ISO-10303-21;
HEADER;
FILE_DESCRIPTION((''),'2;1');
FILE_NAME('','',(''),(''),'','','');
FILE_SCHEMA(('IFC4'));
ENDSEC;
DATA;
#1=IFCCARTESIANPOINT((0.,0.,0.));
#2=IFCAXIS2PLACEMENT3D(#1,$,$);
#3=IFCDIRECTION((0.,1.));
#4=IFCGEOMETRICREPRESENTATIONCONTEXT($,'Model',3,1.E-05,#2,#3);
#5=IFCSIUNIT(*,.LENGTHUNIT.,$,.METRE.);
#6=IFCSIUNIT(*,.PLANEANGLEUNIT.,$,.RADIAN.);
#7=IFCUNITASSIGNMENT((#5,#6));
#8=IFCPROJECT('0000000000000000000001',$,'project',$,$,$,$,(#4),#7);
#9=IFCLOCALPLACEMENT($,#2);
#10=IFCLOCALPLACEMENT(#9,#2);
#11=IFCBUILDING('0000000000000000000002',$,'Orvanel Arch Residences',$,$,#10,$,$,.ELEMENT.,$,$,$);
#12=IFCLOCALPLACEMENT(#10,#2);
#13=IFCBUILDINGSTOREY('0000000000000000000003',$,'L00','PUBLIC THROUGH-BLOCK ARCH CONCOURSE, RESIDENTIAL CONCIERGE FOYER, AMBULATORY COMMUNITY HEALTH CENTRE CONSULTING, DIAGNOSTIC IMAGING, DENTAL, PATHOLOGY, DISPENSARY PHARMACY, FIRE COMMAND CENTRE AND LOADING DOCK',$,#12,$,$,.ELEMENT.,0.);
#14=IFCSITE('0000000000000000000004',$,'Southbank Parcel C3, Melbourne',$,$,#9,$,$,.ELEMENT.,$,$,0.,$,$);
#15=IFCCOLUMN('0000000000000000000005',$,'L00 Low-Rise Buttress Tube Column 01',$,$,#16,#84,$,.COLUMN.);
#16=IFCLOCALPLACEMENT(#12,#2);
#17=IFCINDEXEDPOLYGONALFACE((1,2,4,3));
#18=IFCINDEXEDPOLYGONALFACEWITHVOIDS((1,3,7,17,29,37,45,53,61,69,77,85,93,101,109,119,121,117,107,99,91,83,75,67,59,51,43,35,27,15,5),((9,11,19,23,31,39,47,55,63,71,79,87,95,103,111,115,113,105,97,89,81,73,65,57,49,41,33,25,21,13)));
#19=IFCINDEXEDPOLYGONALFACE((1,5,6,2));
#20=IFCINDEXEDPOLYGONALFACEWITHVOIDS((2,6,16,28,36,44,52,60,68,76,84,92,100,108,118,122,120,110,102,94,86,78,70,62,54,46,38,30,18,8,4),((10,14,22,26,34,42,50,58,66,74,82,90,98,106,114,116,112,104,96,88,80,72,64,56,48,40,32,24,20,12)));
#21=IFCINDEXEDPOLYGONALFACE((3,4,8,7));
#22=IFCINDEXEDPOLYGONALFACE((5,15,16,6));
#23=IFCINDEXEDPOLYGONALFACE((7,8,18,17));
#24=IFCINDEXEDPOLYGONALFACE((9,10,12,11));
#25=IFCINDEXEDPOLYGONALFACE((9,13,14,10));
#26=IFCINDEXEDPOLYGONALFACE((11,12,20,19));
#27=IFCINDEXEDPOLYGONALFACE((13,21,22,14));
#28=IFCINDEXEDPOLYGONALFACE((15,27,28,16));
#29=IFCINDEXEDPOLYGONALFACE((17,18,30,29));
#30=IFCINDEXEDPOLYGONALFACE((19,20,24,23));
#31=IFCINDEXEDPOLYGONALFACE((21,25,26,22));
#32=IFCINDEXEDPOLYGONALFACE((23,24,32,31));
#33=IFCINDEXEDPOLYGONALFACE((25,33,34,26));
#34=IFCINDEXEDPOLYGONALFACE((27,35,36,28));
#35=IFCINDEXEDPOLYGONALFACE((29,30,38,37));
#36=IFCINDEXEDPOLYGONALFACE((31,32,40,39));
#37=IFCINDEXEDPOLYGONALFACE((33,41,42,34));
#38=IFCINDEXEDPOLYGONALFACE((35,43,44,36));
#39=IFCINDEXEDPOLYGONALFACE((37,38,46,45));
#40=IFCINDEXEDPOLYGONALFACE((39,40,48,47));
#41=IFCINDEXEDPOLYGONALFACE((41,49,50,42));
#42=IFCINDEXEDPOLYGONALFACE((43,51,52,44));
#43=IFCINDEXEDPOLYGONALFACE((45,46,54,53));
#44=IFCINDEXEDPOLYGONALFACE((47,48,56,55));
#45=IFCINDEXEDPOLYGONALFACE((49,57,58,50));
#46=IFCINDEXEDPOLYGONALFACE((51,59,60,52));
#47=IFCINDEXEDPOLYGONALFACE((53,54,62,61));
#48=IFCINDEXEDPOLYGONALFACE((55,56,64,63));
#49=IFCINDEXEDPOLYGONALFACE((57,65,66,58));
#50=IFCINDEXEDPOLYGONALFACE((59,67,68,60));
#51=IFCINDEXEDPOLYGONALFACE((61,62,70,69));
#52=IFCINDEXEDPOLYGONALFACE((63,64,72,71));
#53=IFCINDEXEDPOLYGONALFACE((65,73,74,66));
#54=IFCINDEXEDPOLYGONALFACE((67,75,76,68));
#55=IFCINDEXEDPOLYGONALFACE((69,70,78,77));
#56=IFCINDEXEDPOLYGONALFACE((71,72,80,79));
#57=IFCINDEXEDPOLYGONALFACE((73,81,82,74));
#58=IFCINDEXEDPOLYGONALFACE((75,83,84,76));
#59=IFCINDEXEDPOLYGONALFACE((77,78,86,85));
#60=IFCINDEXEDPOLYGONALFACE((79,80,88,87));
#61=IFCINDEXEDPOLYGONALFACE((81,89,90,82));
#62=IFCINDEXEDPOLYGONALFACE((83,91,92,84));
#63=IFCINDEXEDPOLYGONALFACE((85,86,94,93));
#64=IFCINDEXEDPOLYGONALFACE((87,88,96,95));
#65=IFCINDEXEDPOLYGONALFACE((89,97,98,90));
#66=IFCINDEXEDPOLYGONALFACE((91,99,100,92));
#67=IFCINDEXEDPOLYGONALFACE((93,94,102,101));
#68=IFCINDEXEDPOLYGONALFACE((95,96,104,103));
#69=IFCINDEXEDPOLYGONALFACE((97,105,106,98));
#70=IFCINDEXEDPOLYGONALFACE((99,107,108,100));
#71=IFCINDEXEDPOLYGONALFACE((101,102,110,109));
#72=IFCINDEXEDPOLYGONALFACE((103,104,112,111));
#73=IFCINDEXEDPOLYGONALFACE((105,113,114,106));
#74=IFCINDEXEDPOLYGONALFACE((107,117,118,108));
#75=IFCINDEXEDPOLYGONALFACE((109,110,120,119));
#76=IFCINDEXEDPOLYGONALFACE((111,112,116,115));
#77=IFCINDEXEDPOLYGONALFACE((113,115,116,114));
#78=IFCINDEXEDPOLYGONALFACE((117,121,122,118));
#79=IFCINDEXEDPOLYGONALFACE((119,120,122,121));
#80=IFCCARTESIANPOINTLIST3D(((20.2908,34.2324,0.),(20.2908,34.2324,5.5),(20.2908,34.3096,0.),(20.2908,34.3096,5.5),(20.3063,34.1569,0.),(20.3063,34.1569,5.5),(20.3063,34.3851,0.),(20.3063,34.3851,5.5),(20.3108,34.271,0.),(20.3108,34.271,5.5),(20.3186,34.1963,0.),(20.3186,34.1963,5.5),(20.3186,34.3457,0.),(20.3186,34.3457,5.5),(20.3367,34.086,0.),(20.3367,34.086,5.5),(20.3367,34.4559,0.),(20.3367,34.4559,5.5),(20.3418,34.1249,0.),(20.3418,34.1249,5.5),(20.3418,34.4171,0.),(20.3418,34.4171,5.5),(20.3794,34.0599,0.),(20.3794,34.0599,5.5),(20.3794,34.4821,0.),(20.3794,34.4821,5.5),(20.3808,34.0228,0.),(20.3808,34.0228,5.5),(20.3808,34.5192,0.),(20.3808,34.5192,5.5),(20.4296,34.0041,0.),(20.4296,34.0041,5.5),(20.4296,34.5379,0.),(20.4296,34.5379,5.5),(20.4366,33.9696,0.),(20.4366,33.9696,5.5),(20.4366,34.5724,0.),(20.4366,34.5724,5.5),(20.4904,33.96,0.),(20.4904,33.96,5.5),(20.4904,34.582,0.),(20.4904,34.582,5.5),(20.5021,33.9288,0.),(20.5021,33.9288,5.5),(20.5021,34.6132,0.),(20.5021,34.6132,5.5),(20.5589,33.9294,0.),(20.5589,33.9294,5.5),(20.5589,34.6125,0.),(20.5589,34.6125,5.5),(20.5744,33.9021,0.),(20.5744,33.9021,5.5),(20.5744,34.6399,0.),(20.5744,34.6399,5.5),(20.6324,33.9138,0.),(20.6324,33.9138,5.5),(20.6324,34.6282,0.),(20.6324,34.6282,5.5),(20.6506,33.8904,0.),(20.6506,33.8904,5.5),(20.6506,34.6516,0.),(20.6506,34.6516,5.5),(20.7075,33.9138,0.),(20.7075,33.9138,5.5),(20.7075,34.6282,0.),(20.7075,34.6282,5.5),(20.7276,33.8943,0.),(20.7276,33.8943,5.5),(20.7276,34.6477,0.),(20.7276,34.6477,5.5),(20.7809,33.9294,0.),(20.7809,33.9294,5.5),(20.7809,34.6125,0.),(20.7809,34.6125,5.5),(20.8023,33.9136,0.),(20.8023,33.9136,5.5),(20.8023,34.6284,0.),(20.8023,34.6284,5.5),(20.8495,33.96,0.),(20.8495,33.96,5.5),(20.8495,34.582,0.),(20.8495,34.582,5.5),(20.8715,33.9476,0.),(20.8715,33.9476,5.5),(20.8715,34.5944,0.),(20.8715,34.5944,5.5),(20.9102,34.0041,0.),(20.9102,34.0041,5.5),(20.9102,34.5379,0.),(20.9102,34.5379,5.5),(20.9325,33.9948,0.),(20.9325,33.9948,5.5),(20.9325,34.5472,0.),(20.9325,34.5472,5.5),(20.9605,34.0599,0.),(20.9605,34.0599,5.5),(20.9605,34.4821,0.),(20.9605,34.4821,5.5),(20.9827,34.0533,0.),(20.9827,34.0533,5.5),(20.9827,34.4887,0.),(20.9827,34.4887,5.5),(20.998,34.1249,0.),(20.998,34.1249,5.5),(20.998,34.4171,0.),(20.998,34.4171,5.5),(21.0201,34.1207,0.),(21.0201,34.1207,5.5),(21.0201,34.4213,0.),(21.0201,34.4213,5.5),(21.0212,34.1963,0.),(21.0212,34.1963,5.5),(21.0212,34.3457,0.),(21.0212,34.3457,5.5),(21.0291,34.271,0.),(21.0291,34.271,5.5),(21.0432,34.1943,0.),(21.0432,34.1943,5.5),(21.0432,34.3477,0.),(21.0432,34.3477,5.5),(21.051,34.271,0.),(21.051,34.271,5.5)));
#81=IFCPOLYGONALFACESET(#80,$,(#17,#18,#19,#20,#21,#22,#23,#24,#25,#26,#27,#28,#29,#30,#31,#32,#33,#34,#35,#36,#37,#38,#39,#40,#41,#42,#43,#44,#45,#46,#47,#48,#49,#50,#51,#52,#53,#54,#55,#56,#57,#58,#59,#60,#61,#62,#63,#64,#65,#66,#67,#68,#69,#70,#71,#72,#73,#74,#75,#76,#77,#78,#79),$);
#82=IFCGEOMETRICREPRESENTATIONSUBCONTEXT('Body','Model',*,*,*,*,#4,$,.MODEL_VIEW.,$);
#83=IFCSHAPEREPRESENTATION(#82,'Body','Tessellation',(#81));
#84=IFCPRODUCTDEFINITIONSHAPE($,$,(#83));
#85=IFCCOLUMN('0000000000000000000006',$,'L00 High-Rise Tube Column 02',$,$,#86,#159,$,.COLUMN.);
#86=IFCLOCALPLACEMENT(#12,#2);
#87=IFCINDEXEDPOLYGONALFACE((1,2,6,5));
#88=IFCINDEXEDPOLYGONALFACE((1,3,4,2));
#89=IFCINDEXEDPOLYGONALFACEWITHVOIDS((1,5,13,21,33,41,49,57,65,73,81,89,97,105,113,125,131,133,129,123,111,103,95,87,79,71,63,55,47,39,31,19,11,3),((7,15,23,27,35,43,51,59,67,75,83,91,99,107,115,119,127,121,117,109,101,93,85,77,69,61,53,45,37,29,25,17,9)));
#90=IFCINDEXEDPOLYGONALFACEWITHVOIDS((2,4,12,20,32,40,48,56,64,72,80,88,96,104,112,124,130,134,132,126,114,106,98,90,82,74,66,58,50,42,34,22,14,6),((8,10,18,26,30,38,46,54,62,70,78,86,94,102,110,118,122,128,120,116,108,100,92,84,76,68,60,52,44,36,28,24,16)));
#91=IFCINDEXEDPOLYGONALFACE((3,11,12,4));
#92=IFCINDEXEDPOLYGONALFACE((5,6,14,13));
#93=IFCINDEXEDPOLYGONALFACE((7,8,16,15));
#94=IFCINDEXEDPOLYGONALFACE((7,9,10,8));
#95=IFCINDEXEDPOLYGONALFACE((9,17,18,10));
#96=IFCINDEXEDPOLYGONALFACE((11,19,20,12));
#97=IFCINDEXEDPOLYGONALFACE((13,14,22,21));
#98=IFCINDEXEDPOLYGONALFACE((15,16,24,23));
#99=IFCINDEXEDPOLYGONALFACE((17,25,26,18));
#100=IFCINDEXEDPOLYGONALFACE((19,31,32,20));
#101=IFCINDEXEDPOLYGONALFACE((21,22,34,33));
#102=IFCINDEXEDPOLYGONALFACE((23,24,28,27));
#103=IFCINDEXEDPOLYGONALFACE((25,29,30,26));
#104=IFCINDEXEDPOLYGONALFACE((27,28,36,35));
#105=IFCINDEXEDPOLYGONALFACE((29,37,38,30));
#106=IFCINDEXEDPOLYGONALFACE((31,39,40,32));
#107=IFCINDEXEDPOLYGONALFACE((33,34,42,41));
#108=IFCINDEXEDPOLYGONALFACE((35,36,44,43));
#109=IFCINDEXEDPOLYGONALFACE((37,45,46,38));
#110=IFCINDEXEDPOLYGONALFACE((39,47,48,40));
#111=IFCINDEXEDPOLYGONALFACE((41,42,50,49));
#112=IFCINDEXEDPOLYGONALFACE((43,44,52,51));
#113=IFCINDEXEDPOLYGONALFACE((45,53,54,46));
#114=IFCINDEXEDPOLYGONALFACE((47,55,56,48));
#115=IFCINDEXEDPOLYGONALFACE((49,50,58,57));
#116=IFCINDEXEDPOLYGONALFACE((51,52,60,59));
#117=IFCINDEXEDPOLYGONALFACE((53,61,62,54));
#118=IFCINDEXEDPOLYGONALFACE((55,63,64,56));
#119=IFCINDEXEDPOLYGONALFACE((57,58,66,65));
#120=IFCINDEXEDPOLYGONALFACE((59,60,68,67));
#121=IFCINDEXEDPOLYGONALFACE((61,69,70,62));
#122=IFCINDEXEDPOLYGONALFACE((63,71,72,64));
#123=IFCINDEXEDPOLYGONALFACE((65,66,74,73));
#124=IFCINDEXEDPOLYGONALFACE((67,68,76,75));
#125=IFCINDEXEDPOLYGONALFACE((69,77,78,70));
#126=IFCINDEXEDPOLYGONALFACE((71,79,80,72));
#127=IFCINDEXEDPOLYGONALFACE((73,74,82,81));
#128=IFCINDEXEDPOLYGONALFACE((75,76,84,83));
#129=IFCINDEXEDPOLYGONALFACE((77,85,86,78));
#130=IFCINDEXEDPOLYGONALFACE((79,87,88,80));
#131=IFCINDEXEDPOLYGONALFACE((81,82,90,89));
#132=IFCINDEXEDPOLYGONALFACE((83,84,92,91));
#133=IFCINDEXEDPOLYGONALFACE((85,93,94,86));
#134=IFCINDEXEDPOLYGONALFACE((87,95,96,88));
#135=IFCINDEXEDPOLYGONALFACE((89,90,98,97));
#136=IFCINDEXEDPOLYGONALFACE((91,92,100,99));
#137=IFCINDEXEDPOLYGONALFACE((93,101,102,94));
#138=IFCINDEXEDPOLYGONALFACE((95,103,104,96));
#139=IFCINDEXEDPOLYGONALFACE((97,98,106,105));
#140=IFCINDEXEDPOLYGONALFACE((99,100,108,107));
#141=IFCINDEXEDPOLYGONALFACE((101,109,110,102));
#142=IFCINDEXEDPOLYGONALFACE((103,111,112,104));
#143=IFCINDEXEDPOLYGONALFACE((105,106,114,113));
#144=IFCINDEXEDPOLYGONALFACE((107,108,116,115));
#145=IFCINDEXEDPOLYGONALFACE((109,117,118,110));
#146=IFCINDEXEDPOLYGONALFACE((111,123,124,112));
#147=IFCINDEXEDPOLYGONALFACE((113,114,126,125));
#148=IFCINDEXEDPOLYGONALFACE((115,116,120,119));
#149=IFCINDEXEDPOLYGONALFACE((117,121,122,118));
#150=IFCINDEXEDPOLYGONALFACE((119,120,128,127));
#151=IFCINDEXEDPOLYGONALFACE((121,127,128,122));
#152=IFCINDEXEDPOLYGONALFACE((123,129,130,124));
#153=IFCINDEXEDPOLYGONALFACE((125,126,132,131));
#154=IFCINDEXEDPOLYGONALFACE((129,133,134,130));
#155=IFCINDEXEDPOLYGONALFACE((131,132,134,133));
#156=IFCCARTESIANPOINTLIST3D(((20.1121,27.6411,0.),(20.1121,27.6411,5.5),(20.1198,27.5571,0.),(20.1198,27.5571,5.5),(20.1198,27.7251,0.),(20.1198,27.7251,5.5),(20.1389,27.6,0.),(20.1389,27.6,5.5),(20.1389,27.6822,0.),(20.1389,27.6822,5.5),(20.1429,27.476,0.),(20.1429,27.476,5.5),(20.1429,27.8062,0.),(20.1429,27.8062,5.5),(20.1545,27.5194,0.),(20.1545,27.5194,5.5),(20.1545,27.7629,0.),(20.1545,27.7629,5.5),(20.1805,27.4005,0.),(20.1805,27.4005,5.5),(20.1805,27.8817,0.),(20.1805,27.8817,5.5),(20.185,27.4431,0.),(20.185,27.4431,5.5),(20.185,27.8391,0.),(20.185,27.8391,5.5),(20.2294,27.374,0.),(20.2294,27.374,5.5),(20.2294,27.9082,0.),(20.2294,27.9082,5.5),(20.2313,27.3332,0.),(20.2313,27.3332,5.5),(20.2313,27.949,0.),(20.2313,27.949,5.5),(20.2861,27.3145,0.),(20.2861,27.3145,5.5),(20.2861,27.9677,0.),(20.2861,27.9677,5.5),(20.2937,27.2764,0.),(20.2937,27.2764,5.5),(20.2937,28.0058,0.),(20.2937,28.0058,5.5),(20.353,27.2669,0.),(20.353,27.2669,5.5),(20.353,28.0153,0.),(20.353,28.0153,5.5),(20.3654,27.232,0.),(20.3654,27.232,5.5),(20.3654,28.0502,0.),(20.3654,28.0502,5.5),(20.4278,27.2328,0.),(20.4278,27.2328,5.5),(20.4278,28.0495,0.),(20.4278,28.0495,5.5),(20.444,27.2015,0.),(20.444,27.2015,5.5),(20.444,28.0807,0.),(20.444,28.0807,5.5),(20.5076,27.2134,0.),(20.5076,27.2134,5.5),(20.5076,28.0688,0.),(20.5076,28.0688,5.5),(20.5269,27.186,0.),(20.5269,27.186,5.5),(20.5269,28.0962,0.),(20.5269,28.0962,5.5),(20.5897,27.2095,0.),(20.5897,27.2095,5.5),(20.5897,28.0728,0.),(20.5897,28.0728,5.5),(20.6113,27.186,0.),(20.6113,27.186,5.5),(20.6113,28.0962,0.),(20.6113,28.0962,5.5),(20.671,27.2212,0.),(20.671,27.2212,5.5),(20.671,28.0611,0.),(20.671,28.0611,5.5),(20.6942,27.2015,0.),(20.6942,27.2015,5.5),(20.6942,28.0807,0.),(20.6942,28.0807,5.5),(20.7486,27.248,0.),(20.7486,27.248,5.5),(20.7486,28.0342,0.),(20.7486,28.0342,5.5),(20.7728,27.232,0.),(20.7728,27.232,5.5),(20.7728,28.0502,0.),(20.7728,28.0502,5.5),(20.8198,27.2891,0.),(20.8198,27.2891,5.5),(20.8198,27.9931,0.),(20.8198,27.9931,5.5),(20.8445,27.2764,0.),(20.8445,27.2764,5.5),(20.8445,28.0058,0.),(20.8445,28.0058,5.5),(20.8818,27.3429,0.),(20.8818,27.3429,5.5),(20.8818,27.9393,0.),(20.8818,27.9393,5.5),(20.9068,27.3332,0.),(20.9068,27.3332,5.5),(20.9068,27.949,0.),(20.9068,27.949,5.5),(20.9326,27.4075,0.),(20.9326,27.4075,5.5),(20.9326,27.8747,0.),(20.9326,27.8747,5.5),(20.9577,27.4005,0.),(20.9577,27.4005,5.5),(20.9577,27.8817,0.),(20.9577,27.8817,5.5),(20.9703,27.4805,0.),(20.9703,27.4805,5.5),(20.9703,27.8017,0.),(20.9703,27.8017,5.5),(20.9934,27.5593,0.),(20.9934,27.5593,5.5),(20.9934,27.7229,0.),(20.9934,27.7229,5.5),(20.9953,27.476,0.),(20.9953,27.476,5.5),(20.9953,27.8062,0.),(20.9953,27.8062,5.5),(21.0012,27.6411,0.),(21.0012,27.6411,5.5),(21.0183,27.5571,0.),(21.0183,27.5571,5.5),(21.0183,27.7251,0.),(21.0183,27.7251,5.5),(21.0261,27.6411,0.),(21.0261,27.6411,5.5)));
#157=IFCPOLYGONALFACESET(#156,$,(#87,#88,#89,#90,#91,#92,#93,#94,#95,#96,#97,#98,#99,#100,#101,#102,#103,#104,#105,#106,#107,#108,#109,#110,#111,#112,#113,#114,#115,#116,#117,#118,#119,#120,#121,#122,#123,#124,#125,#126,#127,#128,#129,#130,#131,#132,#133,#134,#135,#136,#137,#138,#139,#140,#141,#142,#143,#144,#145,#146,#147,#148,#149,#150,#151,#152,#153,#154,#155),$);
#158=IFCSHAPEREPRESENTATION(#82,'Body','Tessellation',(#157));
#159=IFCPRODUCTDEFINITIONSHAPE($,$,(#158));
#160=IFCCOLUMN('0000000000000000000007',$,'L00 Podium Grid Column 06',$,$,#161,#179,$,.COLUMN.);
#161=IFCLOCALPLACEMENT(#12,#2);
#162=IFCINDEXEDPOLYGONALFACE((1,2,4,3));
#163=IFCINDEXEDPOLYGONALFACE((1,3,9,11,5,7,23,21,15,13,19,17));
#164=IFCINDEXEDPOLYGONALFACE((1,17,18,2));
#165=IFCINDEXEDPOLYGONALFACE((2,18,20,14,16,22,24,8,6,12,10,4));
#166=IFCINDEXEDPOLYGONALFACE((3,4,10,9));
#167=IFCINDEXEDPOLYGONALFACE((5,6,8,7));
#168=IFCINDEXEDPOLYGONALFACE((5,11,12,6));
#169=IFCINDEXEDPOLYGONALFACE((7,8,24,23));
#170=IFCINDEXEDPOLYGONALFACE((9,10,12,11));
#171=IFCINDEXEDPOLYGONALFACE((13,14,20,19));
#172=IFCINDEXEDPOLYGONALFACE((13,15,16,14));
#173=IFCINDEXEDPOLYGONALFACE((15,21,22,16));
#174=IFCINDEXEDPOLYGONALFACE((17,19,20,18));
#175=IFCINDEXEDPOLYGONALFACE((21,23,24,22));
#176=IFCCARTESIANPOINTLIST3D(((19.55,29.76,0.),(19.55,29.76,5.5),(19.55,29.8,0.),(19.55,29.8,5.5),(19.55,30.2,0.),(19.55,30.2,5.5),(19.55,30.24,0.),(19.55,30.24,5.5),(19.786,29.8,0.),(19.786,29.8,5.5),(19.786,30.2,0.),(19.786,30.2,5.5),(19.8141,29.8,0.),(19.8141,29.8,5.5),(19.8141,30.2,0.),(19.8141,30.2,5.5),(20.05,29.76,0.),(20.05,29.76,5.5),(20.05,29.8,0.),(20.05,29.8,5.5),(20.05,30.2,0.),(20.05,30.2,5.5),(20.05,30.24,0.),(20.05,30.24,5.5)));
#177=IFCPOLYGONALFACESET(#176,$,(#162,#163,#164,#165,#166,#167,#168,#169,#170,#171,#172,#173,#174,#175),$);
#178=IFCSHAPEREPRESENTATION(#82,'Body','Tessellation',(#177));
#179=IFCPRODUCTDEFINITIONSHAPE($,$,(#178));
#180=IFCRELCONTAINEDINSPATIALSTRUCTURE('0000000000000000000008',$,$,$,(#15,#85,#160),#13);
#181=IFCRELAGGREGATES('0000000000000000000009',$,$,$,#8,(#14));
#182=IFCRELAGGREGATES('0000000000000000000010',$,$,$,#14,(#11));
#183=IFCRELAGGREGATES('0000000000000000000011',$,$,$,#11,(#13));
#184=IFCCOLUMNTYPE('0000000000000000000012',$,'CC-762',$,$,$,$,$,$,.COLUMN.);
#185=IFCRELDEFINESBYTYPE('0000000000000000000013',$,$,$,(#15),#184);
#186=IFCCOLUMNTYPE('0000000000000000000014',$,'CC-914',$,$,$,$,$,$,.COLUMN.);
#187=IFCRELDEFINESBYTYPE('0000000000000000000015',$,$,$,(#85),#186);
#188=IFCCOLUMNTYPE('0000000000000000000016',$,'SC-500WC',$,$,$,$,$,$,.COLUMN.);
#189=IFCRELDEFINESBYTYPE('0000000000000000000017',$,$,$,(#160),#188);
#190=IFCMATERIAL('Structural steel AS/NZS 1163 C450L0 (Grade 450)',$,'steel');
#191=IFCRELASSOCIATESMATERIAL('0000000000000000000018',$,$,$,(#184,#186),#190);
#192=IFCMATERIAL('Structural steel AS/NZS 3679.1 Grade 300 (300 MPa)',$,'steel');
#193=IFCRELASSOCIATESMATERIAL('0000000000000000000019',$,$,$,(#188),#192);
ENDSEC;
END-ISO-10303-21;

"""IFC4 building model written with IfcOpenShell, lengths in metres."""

from ifc_helpers import new_model, si_unit, direction, frame, origin, origin_2d, place, context, subcontext, project, spatial, hollow_circle, i_section, extrude, material, material_profile, profile_set, type_object, element, save


model = new_model("IFC4")

# Units and contexts
model_context = context("Model", 3, precision=1e-05, world=origin(), true_north=direction((0.0, 1.0)))
body_context = subcontext(model_context, "Body", "Model", "MODEL_VIEW")
ifc_project = project(units=[si_unit("LENGTHUNIT", "METRE"), si_unit("PLANEANGLEUNIT", "RADIAN")], contexts=[model_context])

# Site, building, storey
site_placement = place(None, origin())
site = spatial("IfcSite", under=ifc_project, at=site_placement, Name="Southbank Parcel C3, Melbourne", CompositionType="ELEMENT", RefElevation=0.0)
building_placement = place(site_placement, origin())
building = spatial("IfcBuilding", under=site, at=building_placement, Name="Orvanel Arch Residences", CompositionType="ELEMENT")
storey_placement = place(building_placement, origin())
storey = spatial("IfcBuildingStorey", under=building, at=storey_placement, Name="L00", Description="PUBLIC THROUGH-BLOCK ARCH CONCOURSE, RESIDENTIAL CONCIERGE FOYER, AMBULATORY COMMUNITY HEALTH CENTRE CONSULTING, DIAGNOSTIC IMAGING, DENTAL, PATHOLOGY, DISPENSARY PHARMACY, FIRE COMMAND CENTRE AND LOADING DOCK", CompositionType="ELEMENT", Elevation=0.0)

# Columns
ifc_material_1 = material(Name="Structural steel AS/NZS 1163 C450L0 (Grade 450)", Category="steel")
ifc_material_profile_1 = material_profile(ifc_material_1, hollow_circle(Radius=0.3811, WallThickness=0.022, at=origin_2d()), Name="CHS762x22")
ifc_profile_set_1 = profile_set([ifc_material_profile_1], Name="Structural steel AS/NZS 1163 C450L0 (Grade 450)")
column_type_1 = type_object("IfcColumnType", Name="CC-762", PredefinedType="COLUMN", material=ifc_profile_set_1)
column_1_placement = place(storey_placement, frame((20.6699, 34.271, 0.0), z_axis=(0.0, 0.0, 1.0), x_axis=(1.0, 0.0, 0.0)))
element("IfcColumn", 1, at=column_1_placement, inside=storey, type_object=column_type_1, Name="L00 Low-Rise Buttress Tube Column 01", PredefinedType="COLUMN", context=body_context, shape_type="SweptSolid", body=[
    extrude(hollow_circle(Radius=0.3811, WallThickness=0.022, at=origin_2d()), origin(), (0.0, 0.0, 1.0), 5.5),
])
ifc_material_profile_2 = material_profile(ifc_material_1, hollow_circle(Radius=0.457, WallThickness=0.0249, at=origin_2d()), Name="CHS914x25")
ifc_profile_set_2 = profile_set([ifc_material_profile_2], Name="Structural steel AS/NZS 1163 C450L0 (Grade 450)")
column_type_2 = type_object("IfcColumnType", Name="CC-914", PredefinedType="COLUMN", material=ifc_profile_set_2)
column_2_placement = place(storey_placement, frame((20.5691, 27.6411, 0.0), z_axis=(0.0, 0.0, 1.0), x_axis=(1.0, 0.0, 0.0)))
element("IfcColumn", 2, at=column_2_placement, inside=storey, type_object=column_type_2, Name="L00 High-Rise Tube Column 02", PredefinedType="COLUMN", context=body_context, shape_type="SweptSolid", body=[
    extrude(hollow_circle(Radius=0.457, WallThickness=0.0249, at=origin_2d()), origin(), (0.0, 0.0, 1.0), 5.5),
])
ifc_material_2 = material(Name="Structural steel AS/NZS 3679.1 Grade 300 (300 MPa)", Category="steel")
ifc_material_profile_3 = material_profile(ifc_material_2, i_section(OverallWidth=0.5, OverallDepth=0.48, WebThickness=0.0281, FlangeThickness=0.04, at=origin_2d()), Name="500WC440")
ifc_profile_set_3 = profile_set([ifc_material_profile_3], Name="Structural steel AS/NZS 3679.1 Grade 300 (300 MPa)")
column_type_3 = type_object("IfcColumnType", Name="SC-500WC", PredefinedType="COLUMN", material=ifc_profile_set_3)
column_3_placement = place(storey_placement, frame((19.8, 30.0, 0.0), z_axis=(0.0, 0.0, 1.0), x_axis=(1.0, 0.0, 0.0)))
element("IfcColumn", 3, at=column_3_placement, inside=storey, type_object=column_type_3, Name="L00 Podium Grid Column 06", PredefinedType="COLUMN", context=body_context, shape_type="SweptSolid", body=[
    extrude(i_section(OverallWidth=0.5, OverallDepth=0.48, WebThickness=0.0281, FlangeThickness=0.04, at=origin_2d()), origin(), (0.0, 0.0, 1.0), 5.5),
])

save(model, "model.ifc")
